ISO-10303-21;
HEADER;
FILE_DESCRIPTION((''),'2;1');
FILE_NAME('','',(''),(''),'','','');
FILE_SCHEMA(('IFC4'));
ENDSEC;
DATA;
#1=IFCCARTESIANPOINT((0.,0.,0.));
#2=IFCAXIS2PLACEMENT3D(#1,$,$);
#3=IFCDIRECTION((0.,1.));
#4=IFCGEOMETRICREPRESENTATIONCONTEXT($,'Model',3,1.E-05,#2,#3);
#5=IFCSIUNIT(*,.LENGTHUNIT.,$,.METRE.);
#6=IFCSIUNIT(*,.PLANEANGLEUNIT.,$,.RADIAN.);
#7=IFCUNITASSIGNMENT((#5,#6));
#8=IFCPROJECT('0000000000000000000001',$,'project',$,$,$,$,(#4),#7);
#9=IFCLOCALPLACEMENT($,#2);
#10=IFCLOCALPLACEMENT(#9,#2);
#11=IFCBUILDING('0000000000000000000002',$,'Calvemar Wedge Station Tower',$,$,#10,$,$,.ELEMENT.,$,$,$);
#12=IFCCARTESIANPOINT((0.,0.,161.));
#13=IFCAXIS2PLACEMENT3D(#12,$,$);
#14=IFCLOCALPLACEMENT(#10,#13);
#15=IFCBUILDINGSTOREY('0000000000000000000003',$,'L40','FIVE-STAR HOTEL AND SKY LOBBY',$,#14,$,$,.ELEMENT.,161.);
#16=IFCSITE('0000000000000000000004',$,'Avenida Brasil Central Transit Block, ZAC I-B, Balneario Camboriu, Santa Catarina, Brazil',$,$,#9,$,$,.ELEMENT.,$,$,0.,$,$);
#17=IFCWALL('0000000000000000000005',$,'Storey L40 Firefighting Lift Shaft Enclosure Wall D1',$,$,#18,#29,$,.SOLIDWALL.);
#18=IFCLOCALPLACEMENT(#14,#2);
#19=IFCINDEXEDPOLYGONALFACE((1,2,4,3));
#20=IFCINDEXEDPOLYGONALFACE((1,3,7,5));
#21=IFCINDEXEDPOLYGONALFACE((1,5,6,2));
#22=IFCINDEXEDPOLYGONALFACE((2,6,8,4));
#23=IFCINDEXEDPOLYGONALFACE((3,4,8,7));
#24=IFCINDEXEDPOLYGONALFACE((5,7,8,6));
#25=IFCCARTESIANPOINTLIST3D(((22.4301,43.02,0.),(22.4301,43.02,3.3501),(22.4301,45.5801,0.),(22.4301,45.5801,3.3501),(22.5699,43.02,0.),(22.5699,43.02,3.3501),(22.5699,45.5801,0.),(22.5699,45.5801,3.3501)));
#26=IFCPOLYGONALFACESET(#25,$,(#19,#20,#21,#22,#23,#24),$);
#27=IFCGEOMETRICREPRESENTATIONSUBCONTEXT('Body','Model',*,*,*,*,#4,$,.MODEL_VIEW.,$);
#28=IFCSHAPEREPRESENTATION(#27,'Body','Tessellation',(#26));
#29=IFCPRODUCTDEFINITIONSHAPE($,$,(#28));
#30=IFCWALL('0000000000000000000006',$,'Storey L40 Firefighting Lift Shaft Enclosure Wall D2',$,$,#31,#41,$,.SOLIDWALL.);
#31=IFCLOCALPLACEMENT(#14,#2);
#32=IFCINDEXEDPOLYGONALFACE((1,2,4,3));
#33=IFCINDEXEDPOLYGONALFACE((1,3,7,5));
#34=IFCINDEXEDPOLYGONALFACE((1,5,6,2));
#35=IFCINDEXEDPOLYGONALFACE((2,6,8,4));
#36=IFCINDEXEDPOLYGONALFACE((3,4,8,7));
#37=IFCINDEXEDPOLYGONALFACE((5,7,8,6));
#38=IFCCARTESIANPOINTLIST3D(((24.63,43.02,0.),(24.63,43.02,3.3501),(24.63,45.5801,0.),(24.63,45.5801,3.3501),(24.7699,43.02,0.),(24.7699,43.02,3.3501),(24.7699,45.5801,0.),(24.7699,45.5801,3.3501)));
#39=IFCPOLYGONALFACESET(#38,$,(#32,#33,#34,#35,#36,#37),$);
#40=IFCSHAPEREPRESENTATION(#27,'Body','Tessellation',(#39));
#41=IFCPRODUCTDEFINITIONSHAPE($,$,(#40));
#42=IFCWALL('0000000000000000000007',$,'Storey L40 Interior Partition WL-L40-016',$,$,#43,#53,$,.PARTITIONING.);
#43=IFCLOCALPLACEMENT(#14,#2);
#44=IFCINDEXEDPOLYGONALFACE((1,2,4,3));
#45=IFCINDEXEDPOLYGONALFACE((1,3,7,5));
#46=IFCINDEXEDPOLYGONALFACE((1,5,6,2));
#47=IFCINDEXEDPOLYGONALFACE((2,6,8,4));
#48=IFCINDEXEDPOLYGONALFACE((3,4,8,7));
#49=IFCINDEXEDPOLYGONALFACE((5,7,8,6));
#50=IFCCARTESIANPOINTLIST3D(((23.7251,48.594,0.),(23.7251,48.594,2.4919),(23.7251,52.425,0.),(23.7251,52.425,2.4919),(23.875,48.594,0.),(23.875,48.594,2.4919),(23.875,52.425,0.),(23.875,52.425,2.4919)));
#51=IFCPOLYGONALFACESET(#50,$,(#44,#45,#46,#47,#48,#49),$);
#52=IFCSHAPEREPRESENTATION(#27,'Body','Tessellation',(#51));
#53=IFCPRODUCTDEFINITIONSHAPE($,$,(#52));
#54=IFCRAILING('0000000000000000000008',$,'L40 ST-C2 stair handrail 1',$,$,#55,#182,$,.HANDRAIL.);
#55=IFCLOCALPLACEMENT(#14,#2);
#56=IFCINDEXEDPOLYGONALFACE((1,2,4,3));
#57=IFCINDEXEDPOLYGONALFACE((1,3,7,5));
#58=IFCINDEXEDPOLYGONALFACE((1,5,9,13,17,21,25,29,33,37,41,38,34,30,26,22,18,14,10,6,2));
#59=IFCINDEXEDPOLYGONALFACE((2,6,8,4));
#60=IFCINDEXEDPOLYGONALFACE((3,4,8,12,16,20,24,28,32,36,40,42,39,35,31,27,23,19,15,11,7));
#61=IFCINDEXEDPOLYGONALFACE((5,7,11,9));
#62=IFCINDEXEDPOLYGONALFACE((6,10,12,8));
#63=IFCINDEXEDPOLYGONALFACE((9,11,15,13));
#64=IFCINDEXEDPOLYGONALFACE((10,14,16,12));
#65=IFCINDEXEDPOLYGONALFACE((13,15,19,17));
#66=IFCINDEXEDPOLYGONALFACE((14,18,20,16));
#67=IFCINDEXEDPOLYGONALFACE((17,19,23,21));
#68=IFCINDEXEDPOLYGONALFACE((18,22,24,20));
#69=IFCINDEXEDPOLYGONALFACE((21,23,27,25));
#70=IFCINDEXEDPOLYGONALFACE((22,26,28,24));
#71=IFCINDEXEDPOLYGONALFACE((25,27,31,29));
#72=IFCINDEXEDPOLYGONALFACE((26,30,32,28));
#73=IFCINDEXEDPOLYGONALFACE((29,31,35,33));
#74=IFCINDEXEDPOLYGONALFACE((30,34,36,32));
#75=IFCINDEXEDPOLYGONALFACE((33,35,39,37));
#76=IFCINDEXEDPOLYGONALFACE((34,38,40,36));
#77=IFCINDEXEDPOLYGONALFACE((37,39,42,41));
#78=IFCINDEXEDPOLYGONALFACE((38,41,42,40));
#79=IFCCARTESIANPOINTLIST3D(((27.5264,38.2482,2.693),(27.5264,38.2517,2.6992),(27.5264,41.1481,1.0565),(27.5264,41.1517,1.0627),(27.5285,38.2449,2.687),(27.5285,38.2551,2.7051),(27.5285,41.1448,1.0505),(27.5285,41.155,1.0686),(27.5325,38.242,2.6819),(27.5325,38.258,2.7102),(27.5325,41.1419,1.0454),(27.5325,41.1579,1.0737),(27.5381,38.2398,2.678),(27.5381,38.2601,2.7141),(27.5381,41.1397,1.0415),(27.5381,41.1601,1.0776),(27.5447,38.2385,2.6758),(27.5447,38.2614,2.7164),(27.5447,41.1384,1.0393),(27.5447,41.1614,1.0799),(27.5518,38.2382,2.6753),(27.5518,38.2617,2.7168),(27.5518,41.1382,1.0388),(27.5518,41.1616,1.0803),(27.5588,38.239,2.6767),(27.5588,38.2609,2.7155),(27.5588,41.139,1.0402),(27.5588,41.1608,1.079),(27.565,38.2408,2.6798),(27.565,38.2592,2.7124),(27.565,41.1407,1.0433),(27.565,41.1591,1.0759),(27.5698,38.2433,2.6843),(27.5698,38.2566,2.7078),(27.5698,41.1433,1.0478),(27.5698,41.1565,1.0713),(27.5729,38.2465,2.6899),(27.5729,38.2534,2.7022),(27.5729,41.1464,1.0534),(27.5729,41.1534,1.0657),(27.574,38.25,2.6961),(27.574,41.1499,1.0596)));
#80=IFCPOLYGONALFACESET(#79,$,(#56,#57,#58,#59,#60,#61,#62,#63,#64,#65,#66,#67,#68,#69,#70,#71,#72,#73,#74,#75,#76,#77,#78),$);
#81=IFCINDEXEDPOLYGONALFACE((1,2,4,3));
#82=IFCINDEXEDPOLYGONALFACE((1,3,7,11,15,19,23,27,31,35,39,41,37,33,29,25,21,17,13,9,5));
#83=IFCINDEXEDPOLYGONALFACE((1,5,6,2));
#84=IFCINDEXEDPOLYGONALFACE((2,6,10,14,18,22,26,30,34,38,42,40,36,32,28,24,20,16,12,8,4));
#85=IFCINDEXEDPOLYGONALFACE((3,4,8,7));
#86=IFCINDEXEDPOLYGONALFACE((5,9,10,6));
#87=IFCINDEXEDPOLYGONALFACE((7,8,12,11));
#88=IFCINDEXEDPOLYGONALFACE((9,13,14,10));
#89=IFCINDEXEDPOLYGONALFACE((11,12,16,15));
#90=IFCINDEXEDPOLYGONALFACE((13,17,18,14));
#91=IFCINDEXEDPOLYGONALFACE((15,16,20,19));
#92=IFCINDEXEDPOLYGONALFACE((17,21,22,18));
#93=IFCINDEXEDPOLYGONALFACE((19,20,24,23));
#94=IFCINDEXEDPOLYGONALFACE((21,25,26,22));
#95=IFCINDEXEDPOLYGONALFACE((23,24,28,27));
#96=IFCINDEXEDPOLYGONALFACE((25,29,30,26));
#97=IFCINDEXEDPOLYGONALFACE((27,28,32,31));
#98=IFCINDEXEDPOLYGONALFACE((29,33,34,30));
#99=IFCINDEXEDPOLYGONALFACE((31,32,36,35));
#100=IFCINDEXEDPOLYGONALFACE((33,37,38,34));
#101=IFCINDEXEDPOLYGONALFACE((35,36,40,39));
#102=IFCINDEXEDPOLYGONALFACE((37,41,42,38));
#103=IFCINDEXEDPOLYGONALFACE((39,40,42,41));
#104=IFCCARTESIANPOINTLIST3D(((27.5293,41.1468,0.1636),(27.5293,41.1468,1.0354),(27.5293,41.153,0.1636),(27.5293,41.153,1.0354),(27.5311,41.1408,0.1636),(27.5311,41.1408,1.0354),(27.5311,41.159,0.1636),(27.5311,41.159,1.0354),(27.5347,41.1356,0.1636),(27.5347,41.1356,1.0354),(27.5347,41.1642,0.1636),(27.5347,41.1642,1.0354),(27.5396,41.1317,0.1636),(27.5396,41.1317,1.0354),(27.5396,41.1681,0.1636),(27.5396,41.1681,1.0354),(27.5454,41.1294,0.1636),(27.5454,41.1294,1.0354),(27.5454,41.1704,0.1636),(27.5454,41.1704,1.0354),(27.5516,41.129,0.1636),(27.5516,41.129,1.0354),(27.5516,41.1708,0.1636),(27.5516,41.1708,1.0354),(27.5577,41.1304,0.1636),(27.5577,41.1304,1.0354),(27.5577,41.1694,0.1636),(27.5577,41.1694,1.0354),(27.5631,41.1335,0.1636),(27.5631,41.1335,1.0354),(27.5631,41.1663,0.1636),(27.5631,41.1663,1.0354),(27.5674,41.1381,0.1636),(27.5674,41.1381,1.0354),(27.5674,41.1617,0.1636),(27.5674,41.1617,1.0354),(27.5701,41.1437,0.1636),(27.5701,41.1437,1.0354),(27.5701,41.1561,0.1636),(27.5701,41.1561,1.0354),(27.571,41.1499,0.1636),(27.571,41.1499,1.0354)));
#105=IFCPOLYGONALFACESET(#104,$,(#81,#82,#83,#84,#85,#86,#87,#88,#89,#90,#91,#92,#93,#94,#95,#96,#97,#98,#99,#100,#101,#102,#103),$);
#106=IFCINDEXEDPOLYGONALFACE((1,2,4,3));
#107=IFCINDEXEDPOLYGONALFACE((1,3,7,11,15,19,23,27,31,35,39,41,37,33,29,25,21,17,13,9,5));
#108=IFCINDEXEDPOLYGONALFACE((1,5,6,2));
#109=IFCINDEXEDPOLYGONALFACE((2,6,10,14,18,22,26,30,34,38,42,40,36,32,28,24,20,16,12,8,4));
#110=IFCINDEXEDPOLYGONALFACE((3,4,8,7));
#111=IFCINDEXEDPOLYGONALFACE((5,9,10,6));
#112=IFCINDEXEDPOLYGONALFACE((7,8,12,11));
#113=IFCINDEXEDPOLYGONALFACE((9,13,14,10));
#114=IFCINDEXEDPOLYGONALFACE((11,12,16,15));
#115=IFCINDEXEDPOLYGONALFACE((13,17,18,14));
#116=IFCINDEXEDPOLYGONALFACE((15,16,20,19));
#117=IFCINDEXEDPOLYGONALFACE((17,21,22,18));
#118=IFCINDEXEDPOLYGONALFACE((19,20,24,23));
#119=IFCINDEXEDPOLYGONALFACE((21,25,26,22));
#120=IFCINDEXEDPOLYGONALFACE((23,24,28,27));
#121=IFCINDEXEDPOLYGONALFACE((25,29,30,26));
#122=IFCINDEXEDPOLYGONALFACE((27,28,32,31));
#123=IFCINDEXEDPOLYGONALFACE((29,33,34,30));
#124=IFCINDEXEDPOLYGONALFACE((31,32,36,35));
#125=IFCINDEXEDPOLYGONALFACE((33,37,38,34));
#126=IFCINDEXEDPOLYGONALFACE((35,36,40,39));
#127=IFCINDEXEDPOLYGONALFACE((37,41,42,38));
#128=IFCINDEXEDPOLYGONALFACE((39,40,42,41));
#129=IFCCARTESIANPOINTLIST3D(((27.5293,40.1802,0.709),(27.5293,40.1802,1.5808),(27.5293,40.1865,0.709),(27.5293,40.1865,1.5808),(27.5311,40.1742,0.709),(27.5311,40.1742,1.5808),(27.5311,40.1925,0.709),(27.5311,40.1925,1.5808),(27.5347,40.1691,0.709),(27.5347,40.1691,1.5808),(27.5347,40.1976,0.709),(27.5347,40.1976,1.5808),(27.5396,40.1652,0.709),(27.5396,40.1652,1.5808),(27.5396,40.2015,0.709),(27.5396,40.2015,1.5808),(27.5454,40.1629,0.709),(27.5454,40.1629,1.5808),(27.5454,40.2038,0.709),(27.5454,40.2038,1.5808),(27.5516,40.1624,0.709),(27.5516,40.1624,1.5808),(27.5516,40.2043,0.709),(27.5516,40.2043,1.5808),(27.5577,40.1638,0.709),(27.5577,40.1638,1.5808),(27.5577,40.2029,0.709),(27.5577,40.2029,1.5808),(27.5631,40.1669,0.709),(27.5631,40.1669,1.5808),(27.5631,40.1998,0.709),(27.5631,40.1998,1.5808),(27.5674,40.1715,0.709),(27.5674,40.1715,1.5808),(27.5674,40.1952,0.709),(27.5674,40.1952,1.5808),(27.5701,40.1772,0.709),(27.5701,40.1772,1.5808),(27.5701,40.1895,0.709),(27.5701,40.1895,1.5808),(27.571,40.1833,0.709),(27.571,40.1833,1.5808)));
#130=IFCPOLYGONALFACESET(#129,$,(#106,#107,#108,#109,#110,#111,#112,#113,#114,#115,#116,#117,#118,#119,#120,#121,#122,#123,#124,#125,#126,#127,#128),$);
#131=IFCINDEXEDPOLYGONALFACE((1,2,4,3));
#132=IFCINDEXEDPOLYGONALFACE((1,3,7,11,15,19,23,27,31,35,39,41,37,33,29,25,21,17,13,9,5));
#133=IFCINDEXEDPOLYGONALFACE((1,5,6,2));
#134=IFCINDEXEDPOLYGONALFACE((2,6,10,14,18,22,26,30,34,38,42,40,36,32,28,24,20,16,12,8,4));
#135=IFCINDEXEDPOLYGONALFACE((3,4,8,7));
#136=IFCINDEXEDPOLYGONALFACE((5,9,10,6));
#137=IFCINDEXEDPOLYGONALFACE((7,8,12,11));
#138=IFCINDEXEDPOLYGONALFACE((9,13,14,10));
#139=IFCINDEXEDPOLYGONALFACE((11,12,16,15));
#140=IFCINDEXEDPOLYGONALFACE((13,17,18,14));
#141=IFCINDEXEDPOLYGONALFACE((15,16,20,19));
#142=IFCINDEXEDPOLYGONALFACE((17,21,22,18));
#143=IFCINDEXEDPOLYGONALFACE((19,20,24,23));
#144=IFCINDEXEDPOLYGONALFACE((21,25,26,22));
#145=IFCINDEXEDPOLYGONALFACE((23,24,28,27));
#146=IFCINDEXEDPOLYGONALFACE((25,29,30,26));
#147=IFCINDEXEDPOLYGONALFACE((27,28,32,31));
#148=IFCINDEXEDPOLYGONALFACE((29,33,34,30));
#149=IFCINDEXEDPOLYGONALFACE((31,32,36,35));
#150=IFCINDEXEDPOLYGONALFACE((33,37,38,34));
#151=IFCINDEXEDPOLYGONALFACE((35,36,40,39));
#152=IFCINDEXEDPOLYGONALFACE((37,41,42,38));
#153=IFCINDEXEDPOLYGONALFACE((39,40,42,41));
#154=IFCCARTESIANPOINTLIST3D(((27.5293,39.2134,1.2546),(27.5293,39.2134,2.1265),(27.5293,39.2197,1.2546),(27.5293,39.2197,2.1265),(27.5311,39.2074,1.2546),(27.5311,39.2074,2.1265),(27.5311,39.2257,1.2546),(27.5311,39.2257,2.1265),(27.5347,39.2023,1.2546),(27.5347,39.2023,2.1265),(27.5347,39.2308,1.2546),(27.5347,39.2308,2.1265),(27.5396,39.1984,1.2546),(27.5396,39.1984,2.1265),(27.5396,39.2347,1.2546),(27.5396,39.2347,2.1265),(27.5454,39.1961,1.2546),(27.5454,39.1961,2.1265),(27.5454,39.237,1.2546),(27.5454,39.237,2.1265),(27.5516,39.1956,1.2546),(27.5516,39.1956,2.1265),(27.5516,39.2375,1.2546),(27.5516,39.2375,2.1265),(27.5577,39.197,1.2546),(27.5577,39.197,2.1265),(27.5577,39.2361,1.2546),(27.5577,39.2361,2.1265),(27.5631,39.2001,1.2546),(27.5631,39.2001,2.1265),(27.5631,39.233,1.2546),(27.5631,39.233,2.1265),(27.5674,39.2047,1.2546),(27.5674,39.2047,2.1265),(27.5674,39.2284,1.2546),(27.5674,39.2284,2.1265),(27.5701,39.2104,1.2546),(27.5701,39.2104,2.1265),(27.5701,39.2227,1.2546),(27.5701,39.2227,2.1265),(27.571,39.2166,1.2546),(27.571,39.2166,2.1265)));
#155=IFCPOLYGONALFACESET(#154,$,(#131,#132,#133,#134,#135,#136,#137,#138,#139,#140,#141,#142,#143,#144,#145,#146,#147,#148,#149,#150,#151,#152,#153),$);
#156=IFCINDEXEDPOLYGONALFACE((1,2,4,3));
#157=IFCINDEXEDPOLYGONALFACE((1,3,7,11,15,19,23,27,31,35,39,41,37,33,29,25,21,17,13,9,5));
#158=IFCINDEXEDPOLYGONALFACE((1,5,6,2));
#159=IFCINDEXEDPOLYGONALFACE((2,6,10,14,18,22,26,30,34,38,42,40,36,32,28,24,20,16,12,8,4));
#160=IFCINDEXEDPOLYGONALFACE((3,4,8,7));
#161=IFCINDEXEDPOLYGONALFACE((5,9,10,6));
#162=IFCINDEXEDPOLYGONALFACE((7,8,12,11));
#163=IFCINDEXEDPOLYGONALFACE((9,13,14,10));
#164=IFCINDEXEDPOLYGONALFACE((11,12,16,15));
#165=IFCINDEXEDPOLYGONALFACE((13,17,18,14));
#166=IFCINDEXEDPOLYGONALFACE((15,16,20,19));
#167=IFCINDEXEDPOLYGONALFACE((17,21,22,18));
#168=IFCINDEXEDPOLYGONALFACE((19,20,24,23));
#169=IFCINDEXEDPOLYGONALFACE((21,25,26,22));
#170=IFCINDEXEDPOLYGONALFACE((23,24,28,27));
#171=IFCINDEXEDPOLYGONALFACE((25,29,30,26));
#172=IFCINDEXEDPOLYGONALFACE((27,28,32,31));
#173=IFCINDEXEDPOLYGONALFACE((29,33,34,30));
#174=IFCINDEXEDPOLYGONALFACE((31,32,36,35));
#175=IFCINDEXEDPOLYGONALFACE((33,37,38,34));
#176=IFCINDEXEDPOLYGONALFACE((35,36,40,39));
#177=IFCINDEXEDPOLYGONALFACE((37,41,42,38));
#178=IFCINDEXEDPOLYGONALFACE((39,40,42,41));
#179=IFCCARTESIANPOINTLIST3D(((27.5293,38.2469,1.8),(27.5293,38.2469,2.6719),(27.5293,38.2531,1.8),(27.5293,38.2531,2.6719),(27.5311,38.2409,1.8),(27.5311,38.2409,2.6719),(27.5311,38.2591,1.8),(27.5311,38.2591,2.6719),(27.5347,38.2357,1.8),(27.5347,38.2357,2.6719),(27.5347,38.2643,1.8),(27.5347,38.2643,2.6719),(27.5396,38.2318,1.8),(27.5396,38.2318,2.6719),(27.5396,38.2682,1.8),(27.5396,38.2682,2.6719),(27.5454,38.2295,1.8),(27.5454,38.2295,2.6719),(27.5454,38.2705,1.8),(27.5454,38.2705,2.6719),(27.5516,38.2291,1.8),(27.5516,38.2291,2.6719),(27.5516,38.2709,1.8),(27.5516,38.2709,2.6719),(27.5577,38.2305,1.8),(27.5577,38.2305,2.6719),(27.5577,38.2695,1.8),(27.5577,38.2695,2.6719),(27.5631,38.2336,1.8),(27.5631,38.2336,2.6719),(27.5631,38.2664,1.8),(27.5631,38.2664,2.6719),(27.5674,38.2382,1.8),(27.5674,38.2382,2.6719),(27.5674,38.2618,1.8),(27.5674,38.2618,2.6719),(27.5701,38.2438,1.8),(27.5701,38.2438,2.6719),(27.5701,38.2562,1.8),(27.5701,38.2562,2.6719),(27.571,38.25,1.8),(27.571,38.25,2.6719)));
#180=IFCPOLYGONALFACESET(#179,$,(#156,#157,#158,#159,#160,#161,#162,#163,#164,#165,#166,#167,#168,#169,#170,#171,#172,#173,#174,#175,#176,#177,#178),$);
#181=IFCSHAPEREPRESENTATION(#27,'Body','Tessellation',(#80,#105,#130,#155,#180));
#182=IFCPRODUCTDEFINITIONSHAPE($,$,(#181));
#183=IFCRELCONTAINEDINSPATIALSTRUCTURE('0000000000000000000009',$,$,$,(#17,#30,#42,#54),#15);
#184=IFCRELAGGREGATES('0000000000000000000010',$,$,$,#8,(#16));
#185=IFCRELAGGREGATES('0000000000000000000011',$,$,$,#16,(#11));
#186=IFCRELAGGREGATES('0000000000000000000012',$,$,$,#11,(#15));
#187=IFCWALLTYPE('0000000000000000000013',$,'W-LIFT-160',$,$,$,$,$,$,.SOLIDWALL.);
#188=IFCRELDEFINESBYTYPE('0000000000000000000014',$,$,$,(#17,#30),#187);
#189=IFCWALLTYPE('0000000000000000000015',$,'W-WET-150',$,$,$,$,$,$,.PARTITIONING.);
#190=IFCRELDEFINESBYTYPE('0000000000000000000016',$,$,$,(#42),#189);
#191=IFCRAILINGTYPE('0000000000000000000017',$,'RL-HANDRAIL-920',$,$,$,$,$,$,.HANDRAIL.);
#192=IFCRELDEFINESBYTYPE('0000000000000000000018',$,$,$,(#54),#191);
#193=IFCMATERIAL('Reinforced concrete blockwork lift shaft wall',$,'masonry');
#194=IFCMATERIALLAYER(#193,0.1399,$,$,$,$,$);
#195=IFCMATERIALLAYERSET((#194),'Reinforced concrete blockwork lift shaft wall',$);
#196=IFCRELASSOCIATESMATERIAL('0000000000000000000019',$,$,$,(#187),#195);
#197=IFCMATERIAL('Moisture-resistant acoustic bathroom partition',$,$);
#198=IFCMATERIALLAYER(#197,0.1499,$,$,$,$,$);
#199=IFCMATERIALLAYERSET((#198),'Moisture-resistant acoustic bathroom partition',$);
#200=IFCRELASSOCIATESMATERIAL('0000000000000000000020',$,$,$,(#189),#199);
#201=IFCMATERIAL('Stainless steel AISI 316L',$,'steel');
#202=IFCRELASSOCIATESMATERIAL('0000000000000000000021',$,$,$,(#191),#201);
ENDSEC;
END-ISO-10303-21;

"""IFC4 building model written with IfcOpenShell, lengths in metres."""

from ifc_helpers import new_model, si_unit, direction, frame, frame_2d, origin, origin_2d, place, context, subcontext, project, spatial, rectangle, circle, extrude, material, layer, layer_set, type_object, element, save


model = new_model("IFC4")

# Units and contexts
model_context = context("Model", 3, precision=1e-05, world=origin(), true_north=direction((0.0, 1.0)))
body_context = subcontext(model_context, "Body", "Model", "MODEL_VIEW")
ifc_project = project(units=[si_unit("LENGTHUNIT", "METRE"), si_unit("PLANEANGLEUNIT", "RADIAN")], contexts=[model_context])

# Site, building, storey
site_placement = place(None, origin())
site = spatial("IfcSite", under=ifc_project, at=site_placement, Name="Avenida Brasil Central Transit Block, ZAC I-B, Balneario Camboriu, Santa Catarina, Brazil", CompositionType="ELEMENT", RefElevation=0.0)
building_placement = place(site_placement, origin())
building = spatial("IfcBuilding", under=site, at=building_placement, Name="Calvemar Wedge Station Tower", CompositionType="ELEMENT")
storey_placement = place(building_placement, frame((0.0, 0.0, 161.0)))
storey = spatial("IfcBuildingStorey", under=building, at=storey_placement, Name="L40", Description="FIVE-STAR HOTEL AND SKY LOBBY", CompositionType="ELEMENT", Elevation=161.0)

# Walls
ifc_material_1 = material(Name="Reinforced concrete blockwork lift shaft wall", Category="masonry")
ifc_layer_1 = layer(ifc_material_1, 0.1399)
ifc_layer_set_1 = layer_set([ifc_layer_1], Name="Reinforced concrete blockwork lift shaft wall")
wall_type_1 = type_object("IfcWallType", Name="W-LIFT-160", PredefinedType="SOLIDWALL", material=ifc_layer_set_1)
for number, where, z_axis, x_axis, name in (
    (1, (22.5, 43.02, 0.0), (0.0, 0.0, 1.0), (0.0, 1.0, 0.0), "Storey L40 Firefighting Lift Shaft Enclosure Wall D1"),
    (2, (24.7, 43.02, 0.0), (0.0, 0.0, 1.0), (0.0, 1.0, 0.0), "Storey L40 Firefighting Lift Shaft Enclosure Wall D2"),
):
    element("IfcWall", number, at=place(storey_placement, frame(where, z_axis=z_axis, x_axis=x_axis)), inside=storey, type_object=wall_type_1, Name=name, PredefinedType="SOLIDWALL", context=body_context, shape_type="SweptSolid", body=[
        extrude(rectangle(XDim=2.5601, YDim=0.1399, at=frame_2d((1.28, 0.0))), origin(), (0.0, 0.0, 1.0), 3.3501),
    ])
ifc_material_2 = material(Name="Moisture-resistant acoustic bathroom partition")
ifc_layer_2 = layer(ifc_material_2, 0.1499)
ifc_layer_set_2 = layer_set([ifc_layer_2], Name="Moisture-resistant acoustic bathroom partition")
wall_type_2 = type_object("IfcWallType", Name="W-WET-150", PredefinedType="PARTITIONING", material=ifc_layer_set_2)
wall_1_placement = place(storey_placement, frame((23.8, 52.425, 0.0), z_axis=(0.0, 0.0, 1.0), x_axis=(0.0, -1.0, 0.0)))
element("IfcWall", 3, at=wall_1_placement, inside=storey, type_object=wall_type_2, Name="Storey L40 Interior Partition WL-L40-016", PredefinedType="PARTITIONING", context=body_context, shape_type="SweptSolid", body=[
    extrude(rectangle(XDim=3.8311, YDim=0.1499, at=frame_2d((1.9155, 0.0))), origin(), (0.0, 0.0, 1.0), 2.4919),
])

# Railing
ifc_material_3 = material(Name="Stainless steel AISI 316L", Category="steel")
railing_type = type_object("IfcRailingType", Name="RL-HANDRAIL-920", PredefinedType="HANDRAIL", material=ifc_material_3)
railing_placement = place(storey_placement, frame((27.55, 41.1499, 0.1636)))
element("IfcRailing", 4, at=railing_placement, inside=storey, type_object=railing_type, Name="L40 ST-C2 stair handrail 1", PredefinedType="HANDRAIL", context=body_context, shape_type="SweptSolid", body=[
    extrude(circle(Radius=0.0239, at=origin_2d()), frame((0.0, 0.0, 0.896), z_axis=(0.0, -0.870897, 0.491465), x_axis=(1.0, 0.0, 0.0)), (0.0, 0.0, 1.0), 3.3298),
    extrude(circle(Radius=0.021, at=origin_2d()), origin(), (0.0, 0.0, 1.0), 0.8718),
    extrude(circle(Radius=0.021, at=origin_2d()), frame((0.0, -0.9666, 0.5454)), (0.0, 0.0, 1.0), 0.8718),
    extrude(circle(Radius=0.021, at=origin_2d()), frame((0.0, -1.9333, 1.0911)), (0.0, 0.0, 1.0), 0.8718),
    extrude(circle(Radius=0.021, at=origin_2d()), frame((0.0, -2.8999, 1.6365)), (0.0, 0.0, 1.0), 0.8718),
])

save(model, "model.ifc")
